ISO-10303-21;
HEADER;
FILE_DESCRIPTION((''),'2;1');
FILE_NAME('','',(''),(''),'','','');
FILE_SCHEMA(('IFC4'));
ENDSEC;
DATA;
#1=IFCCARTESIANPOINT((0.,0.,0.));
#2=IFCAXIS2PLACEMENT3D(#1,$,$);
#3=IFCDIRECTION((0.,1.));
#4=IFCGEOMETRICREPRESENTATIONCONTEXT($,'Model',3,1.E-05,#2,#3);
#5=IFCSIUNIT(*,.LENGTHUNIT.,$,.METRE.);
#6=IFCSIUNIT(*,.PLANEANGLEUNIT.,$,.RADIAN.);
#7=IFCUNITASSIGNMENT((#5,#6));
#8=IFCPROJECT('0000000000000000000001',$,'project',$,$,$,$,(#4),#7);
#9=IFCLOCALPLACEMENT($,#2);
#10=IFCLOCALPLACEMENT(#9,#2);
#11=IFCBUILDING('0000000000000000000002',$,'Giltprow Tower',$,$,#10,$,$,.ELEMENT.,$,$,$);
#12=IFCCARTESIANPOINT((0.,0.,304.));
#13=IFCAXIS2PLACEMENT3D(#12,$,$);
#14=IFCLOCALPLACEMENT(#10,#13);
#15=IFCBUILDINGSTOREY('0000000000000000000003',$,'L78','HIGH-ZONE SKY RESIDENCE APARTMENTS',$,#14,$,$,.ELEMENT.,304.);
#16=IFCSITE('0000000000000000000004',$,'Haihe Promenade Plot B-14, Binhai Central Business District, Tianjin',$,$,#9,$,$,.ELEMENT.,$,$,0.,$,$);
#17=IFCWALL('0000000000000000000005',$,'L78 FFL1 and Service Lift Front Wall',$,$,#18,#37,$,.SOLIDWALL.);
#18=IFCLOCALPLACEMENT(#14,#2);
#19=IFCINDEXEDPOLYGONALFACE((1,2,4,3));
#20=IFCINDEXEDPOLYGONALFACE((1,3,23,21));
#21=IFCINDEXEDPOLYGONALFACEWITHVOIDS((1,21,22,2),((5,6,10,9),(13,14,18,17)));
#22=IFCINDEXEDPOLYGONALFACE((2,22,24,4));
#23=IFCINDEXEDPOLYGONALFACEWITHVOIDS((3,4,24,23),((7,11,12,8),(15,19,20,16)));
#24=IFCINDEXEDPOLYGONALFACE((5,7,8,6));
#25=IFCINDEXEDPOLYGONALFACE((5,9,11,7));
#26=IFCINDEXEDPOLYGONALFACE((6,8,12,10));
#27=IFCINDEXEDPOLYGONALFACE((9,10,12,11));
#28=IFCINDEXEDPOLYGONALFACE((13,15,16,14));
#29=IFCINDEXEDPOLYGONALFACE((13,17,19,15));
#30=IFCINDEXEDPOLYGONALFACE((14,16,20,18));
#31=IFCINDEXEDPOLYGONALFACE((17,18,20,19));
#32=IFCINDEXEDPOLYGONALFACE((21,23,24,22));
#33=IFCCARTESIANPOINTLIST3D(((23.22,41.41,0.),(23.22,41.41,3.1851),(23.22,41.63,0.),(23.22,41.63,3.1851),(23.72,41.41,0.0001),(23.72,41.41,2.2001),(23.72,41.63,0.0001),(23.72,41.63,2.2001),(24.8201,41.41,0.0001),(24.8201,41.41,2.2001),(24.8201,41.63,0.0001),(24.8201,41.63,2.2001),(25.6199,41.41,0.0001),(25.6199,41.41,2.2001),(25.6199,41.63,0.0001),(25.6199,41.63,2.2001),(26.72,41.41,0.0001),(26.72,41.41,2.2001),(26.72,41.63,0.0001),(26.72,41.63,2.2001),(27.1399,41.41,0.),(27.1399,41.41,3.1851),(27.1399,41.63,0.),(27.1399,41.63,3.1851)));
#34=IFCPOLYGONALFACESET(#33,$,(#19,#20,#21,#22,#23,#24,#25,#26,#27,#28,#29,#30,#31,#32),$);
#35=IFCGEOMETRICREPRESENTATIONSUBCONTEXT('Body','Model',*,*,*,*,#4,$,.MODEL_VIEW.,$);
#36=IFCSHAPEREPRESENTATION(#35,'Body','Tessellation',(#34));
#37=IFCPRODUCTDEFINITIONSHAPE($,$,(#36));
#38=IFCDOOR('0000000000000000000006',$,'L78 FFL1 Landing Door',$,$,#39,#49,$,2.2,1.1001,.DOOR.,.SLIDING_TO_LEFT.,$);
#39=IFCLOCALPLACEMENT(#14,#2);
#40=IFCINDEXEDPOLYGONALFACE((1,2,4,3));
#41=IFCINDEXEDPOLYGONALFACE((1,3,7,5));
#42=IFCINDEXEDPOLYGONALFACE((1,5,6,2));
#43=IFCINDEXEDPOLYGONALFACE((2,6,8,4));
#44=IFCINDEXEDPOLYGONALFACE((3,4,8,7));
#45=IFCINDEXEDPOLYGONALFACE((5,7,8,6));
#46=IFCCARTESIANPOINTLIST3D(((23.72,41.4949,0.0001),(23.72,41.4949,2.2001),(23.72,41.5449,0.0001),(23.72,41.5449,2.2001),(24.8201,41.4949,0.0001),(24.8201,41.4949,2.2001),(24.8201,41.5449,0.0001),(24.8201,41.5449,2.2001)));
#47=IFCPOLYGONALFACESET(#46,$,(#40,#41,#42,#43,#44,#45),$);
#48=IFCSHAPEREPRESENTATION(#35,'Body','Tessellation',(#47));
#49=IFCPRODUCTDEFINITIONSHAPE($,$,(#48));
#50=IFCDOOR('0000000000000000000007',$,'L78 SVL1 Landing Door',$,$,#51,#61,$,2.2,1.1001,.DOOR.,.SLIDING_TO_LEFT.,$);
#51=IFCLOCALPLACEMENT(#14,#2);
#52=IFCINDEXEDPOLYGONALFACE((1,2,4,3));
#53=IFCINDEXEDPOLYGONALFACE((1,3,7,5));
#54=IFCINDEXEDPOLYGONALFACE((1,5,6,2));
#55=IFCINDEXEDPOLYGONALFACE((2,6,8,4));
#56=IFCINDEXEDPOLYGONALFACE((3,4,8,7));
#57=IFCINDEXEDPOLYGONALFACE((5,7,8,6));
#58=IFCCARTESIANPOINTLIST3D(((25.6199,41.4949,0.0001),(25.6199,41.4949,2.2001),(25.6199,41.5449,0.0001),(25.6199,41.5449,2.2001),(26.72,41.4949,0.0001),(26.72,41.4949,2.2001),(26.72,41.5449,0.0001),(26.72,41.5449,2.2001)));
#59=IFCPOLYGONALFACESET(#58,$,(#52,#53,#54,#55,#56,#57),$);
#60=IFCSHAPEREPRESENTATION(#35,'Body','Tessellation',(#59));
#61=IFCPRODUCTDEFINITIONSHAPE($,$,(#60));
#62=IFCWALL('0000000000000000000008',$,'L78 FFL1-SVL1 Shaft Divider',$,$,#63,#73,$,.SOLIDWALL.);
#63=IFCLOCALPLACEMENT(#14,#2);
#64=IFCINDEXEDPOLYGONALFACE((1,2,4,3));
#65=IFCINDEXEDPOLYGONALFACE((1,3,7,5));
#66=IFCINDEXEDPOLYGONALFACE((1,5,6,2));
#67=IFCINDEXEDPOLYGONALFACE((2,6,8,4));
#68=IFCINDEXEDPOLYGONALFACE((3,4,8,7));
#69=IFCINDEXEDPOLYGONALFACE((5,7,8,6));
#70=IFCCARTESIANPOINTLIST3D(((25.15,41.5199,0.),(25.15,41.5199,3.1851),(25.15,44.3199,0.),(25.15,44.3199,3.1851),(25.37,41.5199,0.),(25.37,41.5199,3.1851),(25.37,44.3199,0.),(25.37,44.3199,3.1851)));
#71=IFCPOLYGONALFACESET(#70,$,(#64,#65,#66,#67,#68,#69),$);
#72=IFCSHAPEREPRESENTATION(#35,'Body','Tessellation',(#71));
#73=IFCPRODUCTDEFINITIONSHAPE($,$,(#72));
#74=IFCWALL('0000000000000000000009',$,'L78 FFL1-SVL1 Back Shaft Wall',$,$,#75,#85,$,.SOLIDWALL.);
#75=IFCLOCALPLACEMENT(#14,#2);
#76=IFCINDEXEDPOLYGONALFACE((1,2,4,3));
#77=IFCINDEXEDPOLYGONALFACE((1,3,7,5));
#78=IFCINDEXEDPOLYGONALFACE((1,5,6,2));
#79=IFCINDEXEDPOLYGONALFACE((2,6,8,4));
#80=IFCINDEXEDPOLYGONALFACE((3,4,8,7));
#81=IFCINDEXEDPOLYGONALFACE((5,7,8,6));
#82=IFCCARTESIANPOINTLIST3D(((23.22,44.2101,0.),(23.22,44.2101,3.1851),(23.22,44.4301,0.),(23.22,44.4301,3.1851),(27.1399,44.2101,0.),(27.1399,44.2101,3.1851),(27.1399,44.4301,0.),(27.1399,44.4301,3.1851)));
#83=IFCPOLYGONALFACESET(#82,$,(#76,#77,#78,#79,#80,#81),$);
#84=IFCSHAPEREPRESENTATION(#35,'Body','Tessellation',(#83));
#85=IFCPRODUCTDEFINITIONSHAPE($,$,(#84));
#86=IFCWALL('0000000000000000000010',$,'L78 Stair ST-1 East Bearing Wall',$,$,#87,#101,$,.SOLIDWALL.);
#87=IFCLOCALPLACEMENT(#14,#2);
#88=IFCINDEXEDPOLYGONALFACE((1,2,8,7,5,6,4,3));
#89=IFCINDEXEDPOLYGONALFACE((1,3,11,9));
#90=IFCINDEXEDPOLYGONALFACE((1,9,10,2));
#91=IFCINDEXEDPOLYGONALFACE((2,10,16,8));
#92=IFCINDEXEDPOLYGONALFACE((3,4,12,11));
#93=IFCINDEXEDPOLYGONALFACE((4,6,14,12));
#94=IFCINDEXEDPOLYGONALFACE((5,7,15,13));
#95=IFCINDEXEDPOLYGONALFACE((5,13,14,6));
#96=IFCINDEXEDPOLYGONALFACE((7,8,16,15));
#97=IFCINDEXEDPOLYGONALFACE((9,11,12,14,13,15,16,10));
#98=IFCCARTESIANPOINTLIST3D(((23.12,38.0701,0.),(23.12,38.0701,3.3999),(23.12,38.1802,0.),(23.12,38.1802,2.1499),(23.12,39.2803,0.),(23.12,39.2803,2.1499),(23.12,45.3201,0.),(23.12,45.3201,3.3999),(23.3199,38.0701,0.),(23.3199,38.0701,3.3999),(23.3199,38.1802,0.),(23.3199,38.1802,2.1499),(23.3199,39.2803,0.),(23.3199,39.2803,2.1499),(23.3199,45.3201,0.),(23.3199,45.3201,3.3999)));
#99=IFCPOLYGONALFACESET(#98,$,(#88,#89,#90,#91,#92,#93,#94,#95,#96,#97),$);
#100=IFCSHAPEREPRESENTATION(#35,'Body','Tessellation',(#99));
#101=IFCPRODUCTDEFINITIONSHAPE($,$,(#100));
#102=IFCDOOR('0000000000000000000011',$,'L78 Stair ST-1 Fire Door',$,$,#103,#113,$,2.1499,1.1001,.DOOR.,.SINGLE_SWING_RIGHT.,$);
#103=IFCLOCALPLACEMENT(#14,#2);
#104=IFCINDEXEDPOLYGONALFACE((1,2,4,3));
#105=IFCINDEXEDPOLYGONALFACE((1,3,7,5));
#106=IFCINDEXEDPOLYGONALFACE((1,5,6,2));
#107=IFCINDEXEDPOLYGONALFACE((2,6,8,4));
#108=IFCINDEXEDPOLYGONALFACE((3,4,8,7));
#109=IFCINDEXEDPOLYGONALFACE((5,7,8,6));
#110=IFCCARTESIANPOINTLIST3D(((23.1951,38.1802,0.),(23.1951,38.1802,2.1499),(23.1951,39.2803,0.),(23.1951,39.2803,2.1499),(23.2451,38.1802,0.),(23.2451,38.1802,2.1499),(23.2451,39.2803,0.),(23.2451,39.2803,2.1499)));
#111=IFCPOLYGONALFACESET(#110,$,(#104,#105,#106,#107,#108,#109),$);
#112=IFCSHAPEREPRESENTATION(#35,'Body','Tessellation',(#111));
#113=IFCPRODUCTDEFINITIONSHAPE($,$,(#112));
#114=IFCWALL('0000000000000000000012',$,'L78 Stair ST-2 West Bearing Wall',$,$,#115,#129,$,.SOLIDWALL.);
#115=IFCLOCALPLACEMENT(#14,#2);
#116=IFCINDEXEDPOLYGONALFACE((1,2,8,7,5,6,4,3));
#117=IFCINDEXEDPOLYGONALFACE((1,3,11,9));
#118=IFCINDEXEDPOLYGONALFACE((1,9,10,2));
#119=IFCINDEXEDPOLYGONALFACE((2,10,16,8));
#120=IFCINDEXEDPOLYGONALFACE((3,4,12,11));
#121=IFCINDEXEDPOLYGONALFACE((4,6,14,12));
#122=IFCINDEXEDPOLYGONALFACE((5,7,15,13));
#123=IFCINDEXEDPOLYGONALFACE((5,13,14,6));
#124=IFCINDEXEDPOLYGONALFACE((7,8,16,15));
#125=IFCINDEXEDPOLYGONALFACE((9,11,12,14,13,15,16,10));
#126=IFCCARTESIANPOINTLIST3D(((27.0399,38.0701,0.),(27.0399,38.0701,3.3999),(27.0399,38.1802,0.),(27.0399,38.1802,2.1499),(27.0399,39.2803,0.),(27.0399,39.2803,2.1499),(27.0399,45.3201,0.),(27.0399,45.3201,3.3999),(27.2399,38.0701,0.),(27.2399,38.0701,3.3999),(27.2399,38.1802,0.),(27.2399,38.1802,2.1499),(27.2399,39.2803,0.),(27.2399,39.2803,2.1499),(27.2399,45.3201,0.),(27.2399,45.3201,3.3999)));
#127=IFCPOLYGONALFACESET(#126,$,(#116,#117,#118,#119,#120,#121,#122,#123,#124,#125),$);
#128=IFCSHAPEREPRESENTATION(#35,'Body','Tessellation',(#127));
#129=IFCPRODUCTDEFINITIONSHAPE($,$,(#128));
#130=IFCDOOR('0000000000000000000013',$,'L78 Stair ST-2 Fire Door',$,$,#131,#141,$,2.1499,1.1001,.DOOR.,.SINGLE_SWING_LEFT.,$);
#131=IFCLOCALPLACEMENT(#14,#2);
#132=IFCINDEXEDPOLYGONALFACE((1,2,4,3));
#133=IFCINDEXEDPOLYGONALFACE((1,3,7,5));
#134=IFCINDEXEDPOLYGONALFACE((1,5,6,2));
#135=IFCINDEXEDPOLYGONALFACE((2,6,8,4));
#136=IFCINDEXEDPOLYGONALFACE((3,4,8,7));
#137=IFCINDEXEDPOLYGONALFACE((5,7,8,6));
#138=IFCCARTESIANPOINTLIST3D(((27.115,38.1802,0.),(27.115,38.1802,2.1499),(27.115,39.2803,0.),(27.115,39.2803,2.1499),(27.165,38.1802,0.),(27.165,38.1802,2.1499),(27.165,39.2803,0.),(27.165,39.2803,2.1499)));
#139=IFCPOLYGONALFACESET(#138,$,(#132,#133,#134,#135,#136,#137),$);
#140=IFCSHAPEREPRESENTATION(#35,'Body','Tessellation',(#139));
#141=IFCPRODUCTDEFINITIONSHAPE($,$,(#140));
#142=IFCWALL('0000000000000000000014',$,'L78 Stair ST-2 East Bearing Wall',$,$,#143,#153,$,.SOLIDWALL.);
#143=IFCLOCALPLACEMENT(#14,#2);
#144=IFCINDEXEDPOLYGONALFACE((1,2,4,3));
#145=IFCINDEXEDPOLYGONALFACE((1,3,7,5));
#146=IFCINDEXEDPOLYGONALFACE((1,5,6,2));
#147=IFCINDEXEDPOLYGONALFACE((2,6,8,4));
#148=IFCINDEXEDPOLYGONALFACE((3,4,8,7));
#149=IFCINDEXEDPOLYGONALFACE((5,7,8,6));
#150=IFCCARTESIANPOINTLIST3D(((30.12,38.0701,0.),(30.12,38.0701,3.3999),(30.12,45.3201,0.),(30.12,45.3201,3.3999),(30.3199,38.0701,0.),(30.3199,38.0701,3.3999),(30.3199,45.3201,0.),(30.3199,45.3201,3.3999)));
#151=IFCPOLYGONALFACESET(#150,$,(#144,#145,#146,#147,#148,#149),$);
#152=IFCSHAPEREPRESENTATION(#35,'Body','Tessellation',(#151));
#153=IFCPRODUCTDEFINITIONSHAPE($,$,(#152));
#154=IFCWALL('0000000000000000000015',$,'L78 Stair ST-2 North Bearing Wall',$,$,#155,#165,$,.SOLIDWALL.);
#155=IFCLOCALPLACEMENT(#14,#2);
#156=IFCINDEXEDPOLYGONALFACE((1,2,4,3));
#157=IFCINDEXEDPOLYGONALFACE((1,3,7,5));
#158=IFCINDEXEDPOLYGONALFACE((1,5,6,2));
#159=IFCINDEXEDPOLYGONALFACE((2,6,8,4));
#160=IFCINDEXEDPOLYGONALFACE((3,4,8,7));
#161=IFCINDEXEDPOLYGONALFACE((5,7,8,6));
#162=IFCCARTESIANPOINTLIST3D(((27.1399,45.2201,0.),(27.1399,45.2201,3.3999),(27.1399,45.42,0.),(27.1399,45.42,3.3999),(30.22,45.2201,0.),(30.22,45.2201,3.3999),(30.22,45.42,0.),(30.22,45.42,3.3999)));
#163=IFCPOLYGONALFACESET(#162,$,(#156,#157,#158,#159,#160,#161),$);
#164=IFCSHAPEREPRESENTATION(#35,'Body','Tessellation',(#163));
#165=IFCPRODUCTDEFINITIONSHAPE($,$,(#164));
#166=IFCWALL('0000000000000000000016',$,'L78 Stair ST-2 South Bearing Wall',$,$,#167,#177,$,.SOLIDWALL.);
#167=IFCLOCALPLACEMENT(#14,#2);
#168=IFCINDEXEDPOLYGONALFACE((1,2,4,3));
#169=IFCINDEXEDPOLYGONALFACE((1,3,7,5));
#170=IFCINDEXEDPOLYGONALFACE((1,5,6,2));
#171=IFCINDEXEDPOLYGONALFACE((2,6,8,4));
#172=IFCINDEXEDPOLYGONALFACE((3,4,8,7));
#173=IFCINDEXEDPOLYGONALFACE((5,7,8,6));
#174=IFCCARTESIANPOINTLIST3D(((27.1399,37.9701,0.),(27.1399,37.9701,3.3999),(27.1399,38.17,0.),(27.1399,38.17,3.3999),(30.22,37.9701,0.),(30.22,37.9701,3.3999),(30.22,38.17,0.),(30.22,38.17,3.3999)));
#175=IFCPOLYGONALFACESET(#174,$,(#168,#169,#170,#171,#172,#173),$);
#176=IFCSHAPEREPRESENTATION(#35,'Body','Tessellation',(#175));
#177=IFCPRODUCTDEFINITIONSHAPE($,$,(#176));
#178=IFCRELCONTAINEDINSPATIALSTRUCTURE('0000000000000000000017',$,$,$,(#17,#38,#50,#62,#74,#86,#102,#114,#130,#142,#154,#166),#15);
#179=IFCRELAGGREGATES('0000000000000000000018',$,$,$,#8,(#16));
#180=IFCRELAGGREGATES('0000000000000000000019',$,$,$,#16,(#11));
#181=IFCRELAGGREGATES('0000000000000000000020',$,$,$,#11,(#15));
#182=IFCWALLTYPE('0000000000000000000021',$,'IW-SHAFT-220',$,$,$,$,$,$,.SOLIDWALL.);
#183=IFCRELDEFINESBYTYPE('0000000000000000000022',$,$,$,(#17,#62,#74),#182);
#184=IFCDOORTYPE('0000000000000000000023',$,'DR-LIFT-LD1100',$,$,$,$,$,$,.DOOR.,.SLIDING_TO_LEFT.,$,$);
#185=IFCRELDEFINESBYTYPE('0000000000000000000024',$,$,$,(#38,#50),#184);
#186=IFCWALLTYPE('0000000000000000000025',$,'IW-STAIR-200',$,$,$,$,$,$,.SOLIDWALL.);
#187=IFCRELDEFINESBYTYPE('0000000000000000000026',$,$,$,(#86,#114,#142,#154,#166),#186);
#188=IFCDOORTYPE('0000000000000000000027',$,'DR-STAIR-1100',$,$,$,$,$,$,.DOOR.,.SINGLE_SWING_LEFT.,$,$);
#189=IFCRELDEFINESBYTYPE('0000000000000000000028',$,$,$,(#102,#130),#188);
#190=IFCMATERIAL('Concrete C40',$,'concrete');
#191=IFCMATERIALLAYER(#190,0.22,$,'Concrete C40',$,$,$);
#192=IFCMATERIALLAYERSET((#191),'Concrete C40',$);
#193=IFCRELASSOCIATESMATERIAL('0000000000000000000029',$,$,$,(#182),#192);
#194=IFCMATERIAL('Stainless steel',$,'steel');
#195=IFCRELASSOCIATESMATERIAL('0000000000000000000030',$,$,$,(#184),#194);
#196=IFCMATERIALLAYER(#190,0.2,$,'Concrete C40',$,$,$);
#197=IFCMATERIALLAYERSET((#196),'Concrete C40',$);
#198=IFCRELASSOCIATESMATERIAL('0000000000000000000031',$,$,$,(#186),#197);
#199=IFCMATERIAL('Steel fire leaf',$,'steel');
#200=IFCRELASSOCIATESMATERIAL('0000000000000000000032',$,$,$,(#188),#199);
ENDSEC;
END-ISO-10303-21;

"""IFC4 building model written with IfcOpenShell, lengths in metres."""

from ifc_helpers import new_model, si_unit, direction, frame, frame_2d, origin, place, context, subcontext, project, spatial, rectangle, extrude, source, transform, mapped, material, layer, layer_set, type_object, element, fill, save


model = new_model("IFC4")

# Units and contexts
model_context = context("Model", 3, precision=1e-05, world=origin(), true_north=direction((0.0, 1.0)))
body_context = subcontext(model_context, "Body", "Model", "MODEL_VIEW")
ifc_project = project(units=[si_unit("LENGTHUNIT", "METRE"), si_unit("PLANEANGLEUNIT", "RADIAN")], contexts=[model_context])

# Site, building, storey
site_placement = place(None, origin())
site = spatial("IfcSite", under=ifc_project, at=site_placement, Name="Haihe Promenade Plot B-14, Binhai Central Business District, Tianjin", CompositionType="ELEMENT", RefElevation=0.0)
building_placement = place(site_placement, origin())
building = spatial("IfcBuilding", under=site, at=building_placement, Name="Giltprow Tower", CompositionType="ELEMENT")
storey_placement = place(building_placement, frame((0.0, 0.0, 304.0)))
storey = spatial("IfcBuildingStorey", under=building, at=storey_placement, Name="L78", Description="HIGH-ZONE SKY RESIDENCE APARTMENTS", CompositionType="ELEMENT", Elevation=304.0)

# Wall, openings, doors
ifc_material_1 = material(Name="Concrete C40", Category="concrete")
ifc_layer_1 = layer(ifc_material_1, 0.22, Name="Concrete C40")
ifc_layer_set_1 = layer_set([ifc_layer_1], Name="Concrete C40")
wall_type_1 = type_object("IfcWallType", Name="IW-SHAFT-220", PredefinedType="SOLIDWALL", material=ifc_layer_set_1)
wall_1_placement = place(storey_placement, frame((23.22, 41.52, 0.0), z_axis=(0.0, 0.0, 1.0), x_axis=(1.0, 0.0, 0.0)))
wall_1 = element("IfcWall", 1, at=wall_1_placement, inside=storey, type_object=wall_type_1, Name="L78 FFL1 and Service Lift Front Wall", PredefinedType="SOLIDWALL", context=body_context, shape_type="SweptSolid", body=[
    extrude(rectangle(XDim=3.9199, YDim=0.22, at=frame_2d((1.96, 0.0))), origin(), (0.0, 0.0, 1.0), 3.1851),
])
opening_1_placement = place(wall_1_placement, frame((0.5, 0.0, 0.0)))
opening_1 = element("IfcOpeningElement", 2, at=opening_1_placement, cuts=wall_1, PredefinedType="OPENING", context=body_context, shape_type="SweptSolid", body=[
    extrude(rectangle(XDim=1.1001, YDim=2.2, at=frame_2d((0.55, 1.1001))), frame((0.0, 0.1199, 0.0), z_axis=(0.0, -1.0, 0.0), x_axis=(1.0, 0.0, 0.0)), (0.0, 0.0, 1.0), 0.24),
])
opening_2_placement = place(wall_1_placement, frame((2.3999, 0.0, 0.0)))
opening_2 = element("IfcOpeningElement", 3, at=opening_2_placement, cuts=wall_1, PredefinedType="OPENING", context=body_context, shape_type="SweptSolid", body=[
    extrude(rectangle(XDim=1.1001, YDim=2.2, at=frame_2d((0.55, 1.1001))), frame((0.0, 0.1199, 0.0), z_axis=(0.0, -1.0, 0.0), x_axis=(1.0, 0.0, 0.0)), (0.0, 0.0, 1.0), 0.24),
])
ifc_material_2 = material(Name="Stainless steel", Category="steel")
door_type_1 = type_object("IfcDoorType", Name="DR-LIFT-LD1100", OperationType="SLIDING_TO_LEFT", PredefinedType="DOOR", material=ifc_material_2)
shared_shape_1 = source(origin(), body_context, "Body", "SweptSolid", [
    extrude(rectangle(XDim=1.1001, YDim=2.2, at=frame_2d((0.55, 1.1001))), frame((0.0, 0.0249, 0.0), z_axis=(0.0, -1.0, 0.0), x_axis=(1.0, 0.0, 0.0)), (0.0, 0.0, 1.0), 0.05),
])
door_1_placement = place(opening_1_placement, origin())
door_1 = element("IfcDoor", 4, at=door_1_placement, inside=storey, type_object=door_type_1, Name="L78 FFL1 Landing Door", OperationType="SLIDING_TO_LEFT", OverallHeight=2.2, OverallWidth=1.1001, PredefinedType="DOOR", context=body_context, shape_type="MappedRepresentation", body=[
    mapped(shared_shape_1, transform((0.0, 0.0, 0.0), x_axis=(1.0, 0.0, 0.0), y_axis=(0.0, 1.0, 0.0), z_axis=(0.0, 0.0, 1.0), scale=1.0)),
])
fill(opening_1, door_1)
door_2_placement = place(opening_2_placement, origin())
door_2 = element("IfcDoor", 5, at=door_2_placement, inside=storey, type_object=door_type_1, Name="L78 SVL1 Landing Door", OperationType="SLIDING_TO_LEFT", OverallHeight=2.2, OverallWidth=1.1001, PredefinedType="DOOR", context=body_context, shape_type="MappedRepresentation", body=[
    mapped(shared_shape_1, transform((0.0, 0.0, 0.0), x_axis=(1.0, 0.0, 0.0), y_axis=(0.0, 1.0, 0.0), z_axis=(0.0, 0.0, 1.0), scale=1.0)),
])
fill(opening_2, door_2)

# Walls
wall_2_placement = place(storey_placement, frame((25.26, 41.52, 0.0), z_axis=(0.0, 0.0, 1.0), x_axis=(0.0, 1.0, 0.0)))
element("IfcWall", 6, at=wall_2_placement, inside=storey, type_object=wall_type_1, Name="L78 FFL1-SVL1 Shaft Divider", PredefinedType="SOLIDWALL", context=body_context, shape_type="SweptSolid", body=[
    extrude(rectangle(XDim=2.8, YDim=0.22, at=frame_2d((1.3999, 0.0))), origin(), (0.0, 0.0, 1.0), 3.1851),
])
wall_3_placement = place(storey_placement, frame((23.22, 44.3201, 0.0), z_axis=(0.0, 0.0, 1.0), x_axis=(1.0, 0.0, 0.0)))
element("IfcWall", 7, at=wall_3_placement, inside=storey, type_object=wall_type_1, Name="L78 FFL1-SVL1 Back Shaft Wall", PredefinedType="SOLIDWALL", context=body_context, shape_type="SweptSolid", body=[
    extrude(rectangle(XDim=3.9199, YDim=0.22, at=frame_2d((1.96, 0.0))), origin(), (0.0, 0.0, 1.0), 3.1851),
])

# Walls, openings, doors
ifc_layer_2 = layer(ifc_material_1, 0.2, Name="Concrete C40")
ifc_layer_set_2 = layer_set([ifc_layer_2], Name="Concrete C40")
wall_type_2 = type_object("IfcWallType", Name="IW-STAIR-200", PredefinedType="SOLIDWALL", material=ifc_layer_set_2)
wall_4_placement = place(storey_placement, frame((23.22, 38.0701, 0.0), z_axis=(0.0, 0.0, 1.0), x_axis=(0.0, 1.0, 0.0)))
wall_4 = element("IfcWall", 8, at=wall_4_placement, inside=storey, type_object=wall_type_2, Name="L78 Stair ST-1 East Bearing Wall", PredefinedType="SOLIDWALL", context=body_context, shape_type="SweptSolid", body=[
    extrude(rectangle(XDim=7.25, YDim=0.2, at=frame_2d((3.625, 0.0))), origin(), (0.0, 0.0, 1.0), 3.3999),
])
opening_3_placement = place(wall_4_placement, frame((0.1101, 0.0, 0.0)))
opening_3 = element("IfcOpeningElement", 9, at=opening_3_placement, cuts=wall_4, PredefinedType="OPENING", context=body_context, shape_type="SweptSolid", body=[
    extrude(rectangle(XDim=1.1001, YDim=2.1499, at=frame_2d((0.55, 1.075))), frame((0.0, 0.1099, 0.0), z_axis=(0.0, -1.0, 0.0), x_axis=(1.0, 0.0, 0.0)), (0.0, 0.0, 1.0), 0.22),
])
ifc_material_3 = material(Name="Steel fire leaf", Category="steel")
door_type_2 = type_object("IfcDoorType", Name="DR-STAIR-1100", OperationType="SINGLE_SWING_LEFT", PredefinedType="DOOR", material=ifc_material_3)
shared_shape_2 = source(origin(), body_context, "Body", "SweptSolid", [
    extrude(rectangle(XDim=1.1001, YDim=2.1499, at=frame_2d((0.55, 1.075))), frame((0.0, 0.0249, 0.0), z_axis=(0.0, -1.0, 0.0), x_axis=(1.0, 0.0, 0.0)), (0.0, 0.0, 1.0), 0.05),
])
door_3_placement = place(opening_3_placement, origin())
door_3 = element("IfcDoor", 10, at=door_3_placement, inside=storey, type_object=door_type_2, Name="L78 Stair ST-1 Fire Door", OperationType="SINGLE_SWING_RIGHT", OverallHeight=2.1499, OverallWidth=1.1001, PredefinedType="DOOR", context=body_context, shape_type="MappedRepresentation", body=[
    mapped(shared_shape_2, transform((0.0, 0.0, 0.0), x_axis=(1.0, 0.0, 0.0), y_axis=(0.0, 1.0, 0.0), z_axis=(0.0, 0.0, 1.0), scale=1.0)),
])
fill(opening_3, door_3)
wall_5_placement = place(storey_placement, frame((27.1399, 38.0701, 0.0), z_axis=(0.0, 0.0, 1.0), x_axis=(0.0, 1.0, 0.0)))
wall_5 = element("IfcWall", 11, at=wall_5_placement, inside=storey, type_object=wall_type_2, Name="L78 Stair ST-2 West Bearing Wall", PredefinedType="SOLIDWALL", context=body_context, shape_type="SweptSolid", body=[
    extrude(rectangle(XDim=7.25, YDim=0.2, at=frame_2d((3.625, 0.0))), origin(), (0.0, 0.0, 1.0), 3.3999),
])
opening_4_placement = place(wall_5_placement, frame((0.1101, 0.0, 0.0)))
opening_4 = element("IfcOpeningElement", 12, at=opening_4_placement, cuts=wall_5, PredefinedType="OPENING", context=body_context, shape_type="SweptSolid", body=[
    extrude(rectangle(XDim=1.1001, YDim=2.1499, at=frame_2d((0.55, 1.075))), frame((0.0, 0.1099, 0.0), z_axis=(0.0, -1.0, 0.0), x_axis=(1.0, 0.0, 0.0)), (0.0, 0.0, 1.0), 0.22),
])
door_4_placement = place(opening_4_placement, origin())
door_4 = element("IfcDoor", 13, at=door_4_placement, inside=storey, type_object=door_type_2, Name="L78 Stair ST-2 Fire Door", OperationType="SINGLE_SWING_LEFT", OverallHeight=2.1499, OverallWidth=1.1001, PredefinedType="DOOR", context=body_context, shape_type="MappedRepresentation", body=[
    mapped(shared_shape_2, transform((0.0, 0.0, 0.0), x_axis=(1.0, 0.0, 0.0), y_axis=(0.0, 1.0, 0.0), z_axis=(0.0, 0.0, 1.0), scale=1.0)),
])
fill(opening_4, door_4)

# Walls
wall_6_placement = place(storey_placement, frame((30.22, 38.0701, 0.0), z_axis=(0.0, 0.0, 1.0), x_axis=(0.0, 1.0, 0.0)))
element("IfcWall", 14, at=wall_6_placement, inside=storey, type_object=wall_type_2, Name="L78 Stair ST-2 East Bearing Wall", PredefinedType="SOLIDWALL", context=body_context, shape_type="SweptSolid", body=[
    extrude(rectangle(XDim=7.25, YDim=0.2, at=frame_2d((3.625, 0.0))), origin(), (0.0, 0.0, 1.0), 3.3999),
])
for number, where, z_axis, x_axis, name in (
    (15, (27.1399, 45.3201, 0.0), (0.0, 0.0, 1.0), (1.0, 0.0, 0.0), "L78 Stair ST-2 North Bearing Wall"),
    (16, (27.1399, 38.0701, 0.0), (0.0, 0.0, 1.0), (1.0, 0.0, 0.0), "L78 Stair ST-2 South Bearing Wall"),
):
    element("IfcWall", number, at=place(storey_placement, frame(where, z_axis=z_axis, x_axis=x_axis)), inside=storey, type_object=wall_type_2, Name=name, PredefinedType="SOLIDWALL", context=body_context, shape_type="SweptSolid", body=[
        extrude(rectangle(XDim=3.0801, YDim=0.2, at=frame_2d((1.54, 0.0))), origin(), (0.0, 0.0, 1.0), 3.3999),
    ])

save(model, "model.ifc")
